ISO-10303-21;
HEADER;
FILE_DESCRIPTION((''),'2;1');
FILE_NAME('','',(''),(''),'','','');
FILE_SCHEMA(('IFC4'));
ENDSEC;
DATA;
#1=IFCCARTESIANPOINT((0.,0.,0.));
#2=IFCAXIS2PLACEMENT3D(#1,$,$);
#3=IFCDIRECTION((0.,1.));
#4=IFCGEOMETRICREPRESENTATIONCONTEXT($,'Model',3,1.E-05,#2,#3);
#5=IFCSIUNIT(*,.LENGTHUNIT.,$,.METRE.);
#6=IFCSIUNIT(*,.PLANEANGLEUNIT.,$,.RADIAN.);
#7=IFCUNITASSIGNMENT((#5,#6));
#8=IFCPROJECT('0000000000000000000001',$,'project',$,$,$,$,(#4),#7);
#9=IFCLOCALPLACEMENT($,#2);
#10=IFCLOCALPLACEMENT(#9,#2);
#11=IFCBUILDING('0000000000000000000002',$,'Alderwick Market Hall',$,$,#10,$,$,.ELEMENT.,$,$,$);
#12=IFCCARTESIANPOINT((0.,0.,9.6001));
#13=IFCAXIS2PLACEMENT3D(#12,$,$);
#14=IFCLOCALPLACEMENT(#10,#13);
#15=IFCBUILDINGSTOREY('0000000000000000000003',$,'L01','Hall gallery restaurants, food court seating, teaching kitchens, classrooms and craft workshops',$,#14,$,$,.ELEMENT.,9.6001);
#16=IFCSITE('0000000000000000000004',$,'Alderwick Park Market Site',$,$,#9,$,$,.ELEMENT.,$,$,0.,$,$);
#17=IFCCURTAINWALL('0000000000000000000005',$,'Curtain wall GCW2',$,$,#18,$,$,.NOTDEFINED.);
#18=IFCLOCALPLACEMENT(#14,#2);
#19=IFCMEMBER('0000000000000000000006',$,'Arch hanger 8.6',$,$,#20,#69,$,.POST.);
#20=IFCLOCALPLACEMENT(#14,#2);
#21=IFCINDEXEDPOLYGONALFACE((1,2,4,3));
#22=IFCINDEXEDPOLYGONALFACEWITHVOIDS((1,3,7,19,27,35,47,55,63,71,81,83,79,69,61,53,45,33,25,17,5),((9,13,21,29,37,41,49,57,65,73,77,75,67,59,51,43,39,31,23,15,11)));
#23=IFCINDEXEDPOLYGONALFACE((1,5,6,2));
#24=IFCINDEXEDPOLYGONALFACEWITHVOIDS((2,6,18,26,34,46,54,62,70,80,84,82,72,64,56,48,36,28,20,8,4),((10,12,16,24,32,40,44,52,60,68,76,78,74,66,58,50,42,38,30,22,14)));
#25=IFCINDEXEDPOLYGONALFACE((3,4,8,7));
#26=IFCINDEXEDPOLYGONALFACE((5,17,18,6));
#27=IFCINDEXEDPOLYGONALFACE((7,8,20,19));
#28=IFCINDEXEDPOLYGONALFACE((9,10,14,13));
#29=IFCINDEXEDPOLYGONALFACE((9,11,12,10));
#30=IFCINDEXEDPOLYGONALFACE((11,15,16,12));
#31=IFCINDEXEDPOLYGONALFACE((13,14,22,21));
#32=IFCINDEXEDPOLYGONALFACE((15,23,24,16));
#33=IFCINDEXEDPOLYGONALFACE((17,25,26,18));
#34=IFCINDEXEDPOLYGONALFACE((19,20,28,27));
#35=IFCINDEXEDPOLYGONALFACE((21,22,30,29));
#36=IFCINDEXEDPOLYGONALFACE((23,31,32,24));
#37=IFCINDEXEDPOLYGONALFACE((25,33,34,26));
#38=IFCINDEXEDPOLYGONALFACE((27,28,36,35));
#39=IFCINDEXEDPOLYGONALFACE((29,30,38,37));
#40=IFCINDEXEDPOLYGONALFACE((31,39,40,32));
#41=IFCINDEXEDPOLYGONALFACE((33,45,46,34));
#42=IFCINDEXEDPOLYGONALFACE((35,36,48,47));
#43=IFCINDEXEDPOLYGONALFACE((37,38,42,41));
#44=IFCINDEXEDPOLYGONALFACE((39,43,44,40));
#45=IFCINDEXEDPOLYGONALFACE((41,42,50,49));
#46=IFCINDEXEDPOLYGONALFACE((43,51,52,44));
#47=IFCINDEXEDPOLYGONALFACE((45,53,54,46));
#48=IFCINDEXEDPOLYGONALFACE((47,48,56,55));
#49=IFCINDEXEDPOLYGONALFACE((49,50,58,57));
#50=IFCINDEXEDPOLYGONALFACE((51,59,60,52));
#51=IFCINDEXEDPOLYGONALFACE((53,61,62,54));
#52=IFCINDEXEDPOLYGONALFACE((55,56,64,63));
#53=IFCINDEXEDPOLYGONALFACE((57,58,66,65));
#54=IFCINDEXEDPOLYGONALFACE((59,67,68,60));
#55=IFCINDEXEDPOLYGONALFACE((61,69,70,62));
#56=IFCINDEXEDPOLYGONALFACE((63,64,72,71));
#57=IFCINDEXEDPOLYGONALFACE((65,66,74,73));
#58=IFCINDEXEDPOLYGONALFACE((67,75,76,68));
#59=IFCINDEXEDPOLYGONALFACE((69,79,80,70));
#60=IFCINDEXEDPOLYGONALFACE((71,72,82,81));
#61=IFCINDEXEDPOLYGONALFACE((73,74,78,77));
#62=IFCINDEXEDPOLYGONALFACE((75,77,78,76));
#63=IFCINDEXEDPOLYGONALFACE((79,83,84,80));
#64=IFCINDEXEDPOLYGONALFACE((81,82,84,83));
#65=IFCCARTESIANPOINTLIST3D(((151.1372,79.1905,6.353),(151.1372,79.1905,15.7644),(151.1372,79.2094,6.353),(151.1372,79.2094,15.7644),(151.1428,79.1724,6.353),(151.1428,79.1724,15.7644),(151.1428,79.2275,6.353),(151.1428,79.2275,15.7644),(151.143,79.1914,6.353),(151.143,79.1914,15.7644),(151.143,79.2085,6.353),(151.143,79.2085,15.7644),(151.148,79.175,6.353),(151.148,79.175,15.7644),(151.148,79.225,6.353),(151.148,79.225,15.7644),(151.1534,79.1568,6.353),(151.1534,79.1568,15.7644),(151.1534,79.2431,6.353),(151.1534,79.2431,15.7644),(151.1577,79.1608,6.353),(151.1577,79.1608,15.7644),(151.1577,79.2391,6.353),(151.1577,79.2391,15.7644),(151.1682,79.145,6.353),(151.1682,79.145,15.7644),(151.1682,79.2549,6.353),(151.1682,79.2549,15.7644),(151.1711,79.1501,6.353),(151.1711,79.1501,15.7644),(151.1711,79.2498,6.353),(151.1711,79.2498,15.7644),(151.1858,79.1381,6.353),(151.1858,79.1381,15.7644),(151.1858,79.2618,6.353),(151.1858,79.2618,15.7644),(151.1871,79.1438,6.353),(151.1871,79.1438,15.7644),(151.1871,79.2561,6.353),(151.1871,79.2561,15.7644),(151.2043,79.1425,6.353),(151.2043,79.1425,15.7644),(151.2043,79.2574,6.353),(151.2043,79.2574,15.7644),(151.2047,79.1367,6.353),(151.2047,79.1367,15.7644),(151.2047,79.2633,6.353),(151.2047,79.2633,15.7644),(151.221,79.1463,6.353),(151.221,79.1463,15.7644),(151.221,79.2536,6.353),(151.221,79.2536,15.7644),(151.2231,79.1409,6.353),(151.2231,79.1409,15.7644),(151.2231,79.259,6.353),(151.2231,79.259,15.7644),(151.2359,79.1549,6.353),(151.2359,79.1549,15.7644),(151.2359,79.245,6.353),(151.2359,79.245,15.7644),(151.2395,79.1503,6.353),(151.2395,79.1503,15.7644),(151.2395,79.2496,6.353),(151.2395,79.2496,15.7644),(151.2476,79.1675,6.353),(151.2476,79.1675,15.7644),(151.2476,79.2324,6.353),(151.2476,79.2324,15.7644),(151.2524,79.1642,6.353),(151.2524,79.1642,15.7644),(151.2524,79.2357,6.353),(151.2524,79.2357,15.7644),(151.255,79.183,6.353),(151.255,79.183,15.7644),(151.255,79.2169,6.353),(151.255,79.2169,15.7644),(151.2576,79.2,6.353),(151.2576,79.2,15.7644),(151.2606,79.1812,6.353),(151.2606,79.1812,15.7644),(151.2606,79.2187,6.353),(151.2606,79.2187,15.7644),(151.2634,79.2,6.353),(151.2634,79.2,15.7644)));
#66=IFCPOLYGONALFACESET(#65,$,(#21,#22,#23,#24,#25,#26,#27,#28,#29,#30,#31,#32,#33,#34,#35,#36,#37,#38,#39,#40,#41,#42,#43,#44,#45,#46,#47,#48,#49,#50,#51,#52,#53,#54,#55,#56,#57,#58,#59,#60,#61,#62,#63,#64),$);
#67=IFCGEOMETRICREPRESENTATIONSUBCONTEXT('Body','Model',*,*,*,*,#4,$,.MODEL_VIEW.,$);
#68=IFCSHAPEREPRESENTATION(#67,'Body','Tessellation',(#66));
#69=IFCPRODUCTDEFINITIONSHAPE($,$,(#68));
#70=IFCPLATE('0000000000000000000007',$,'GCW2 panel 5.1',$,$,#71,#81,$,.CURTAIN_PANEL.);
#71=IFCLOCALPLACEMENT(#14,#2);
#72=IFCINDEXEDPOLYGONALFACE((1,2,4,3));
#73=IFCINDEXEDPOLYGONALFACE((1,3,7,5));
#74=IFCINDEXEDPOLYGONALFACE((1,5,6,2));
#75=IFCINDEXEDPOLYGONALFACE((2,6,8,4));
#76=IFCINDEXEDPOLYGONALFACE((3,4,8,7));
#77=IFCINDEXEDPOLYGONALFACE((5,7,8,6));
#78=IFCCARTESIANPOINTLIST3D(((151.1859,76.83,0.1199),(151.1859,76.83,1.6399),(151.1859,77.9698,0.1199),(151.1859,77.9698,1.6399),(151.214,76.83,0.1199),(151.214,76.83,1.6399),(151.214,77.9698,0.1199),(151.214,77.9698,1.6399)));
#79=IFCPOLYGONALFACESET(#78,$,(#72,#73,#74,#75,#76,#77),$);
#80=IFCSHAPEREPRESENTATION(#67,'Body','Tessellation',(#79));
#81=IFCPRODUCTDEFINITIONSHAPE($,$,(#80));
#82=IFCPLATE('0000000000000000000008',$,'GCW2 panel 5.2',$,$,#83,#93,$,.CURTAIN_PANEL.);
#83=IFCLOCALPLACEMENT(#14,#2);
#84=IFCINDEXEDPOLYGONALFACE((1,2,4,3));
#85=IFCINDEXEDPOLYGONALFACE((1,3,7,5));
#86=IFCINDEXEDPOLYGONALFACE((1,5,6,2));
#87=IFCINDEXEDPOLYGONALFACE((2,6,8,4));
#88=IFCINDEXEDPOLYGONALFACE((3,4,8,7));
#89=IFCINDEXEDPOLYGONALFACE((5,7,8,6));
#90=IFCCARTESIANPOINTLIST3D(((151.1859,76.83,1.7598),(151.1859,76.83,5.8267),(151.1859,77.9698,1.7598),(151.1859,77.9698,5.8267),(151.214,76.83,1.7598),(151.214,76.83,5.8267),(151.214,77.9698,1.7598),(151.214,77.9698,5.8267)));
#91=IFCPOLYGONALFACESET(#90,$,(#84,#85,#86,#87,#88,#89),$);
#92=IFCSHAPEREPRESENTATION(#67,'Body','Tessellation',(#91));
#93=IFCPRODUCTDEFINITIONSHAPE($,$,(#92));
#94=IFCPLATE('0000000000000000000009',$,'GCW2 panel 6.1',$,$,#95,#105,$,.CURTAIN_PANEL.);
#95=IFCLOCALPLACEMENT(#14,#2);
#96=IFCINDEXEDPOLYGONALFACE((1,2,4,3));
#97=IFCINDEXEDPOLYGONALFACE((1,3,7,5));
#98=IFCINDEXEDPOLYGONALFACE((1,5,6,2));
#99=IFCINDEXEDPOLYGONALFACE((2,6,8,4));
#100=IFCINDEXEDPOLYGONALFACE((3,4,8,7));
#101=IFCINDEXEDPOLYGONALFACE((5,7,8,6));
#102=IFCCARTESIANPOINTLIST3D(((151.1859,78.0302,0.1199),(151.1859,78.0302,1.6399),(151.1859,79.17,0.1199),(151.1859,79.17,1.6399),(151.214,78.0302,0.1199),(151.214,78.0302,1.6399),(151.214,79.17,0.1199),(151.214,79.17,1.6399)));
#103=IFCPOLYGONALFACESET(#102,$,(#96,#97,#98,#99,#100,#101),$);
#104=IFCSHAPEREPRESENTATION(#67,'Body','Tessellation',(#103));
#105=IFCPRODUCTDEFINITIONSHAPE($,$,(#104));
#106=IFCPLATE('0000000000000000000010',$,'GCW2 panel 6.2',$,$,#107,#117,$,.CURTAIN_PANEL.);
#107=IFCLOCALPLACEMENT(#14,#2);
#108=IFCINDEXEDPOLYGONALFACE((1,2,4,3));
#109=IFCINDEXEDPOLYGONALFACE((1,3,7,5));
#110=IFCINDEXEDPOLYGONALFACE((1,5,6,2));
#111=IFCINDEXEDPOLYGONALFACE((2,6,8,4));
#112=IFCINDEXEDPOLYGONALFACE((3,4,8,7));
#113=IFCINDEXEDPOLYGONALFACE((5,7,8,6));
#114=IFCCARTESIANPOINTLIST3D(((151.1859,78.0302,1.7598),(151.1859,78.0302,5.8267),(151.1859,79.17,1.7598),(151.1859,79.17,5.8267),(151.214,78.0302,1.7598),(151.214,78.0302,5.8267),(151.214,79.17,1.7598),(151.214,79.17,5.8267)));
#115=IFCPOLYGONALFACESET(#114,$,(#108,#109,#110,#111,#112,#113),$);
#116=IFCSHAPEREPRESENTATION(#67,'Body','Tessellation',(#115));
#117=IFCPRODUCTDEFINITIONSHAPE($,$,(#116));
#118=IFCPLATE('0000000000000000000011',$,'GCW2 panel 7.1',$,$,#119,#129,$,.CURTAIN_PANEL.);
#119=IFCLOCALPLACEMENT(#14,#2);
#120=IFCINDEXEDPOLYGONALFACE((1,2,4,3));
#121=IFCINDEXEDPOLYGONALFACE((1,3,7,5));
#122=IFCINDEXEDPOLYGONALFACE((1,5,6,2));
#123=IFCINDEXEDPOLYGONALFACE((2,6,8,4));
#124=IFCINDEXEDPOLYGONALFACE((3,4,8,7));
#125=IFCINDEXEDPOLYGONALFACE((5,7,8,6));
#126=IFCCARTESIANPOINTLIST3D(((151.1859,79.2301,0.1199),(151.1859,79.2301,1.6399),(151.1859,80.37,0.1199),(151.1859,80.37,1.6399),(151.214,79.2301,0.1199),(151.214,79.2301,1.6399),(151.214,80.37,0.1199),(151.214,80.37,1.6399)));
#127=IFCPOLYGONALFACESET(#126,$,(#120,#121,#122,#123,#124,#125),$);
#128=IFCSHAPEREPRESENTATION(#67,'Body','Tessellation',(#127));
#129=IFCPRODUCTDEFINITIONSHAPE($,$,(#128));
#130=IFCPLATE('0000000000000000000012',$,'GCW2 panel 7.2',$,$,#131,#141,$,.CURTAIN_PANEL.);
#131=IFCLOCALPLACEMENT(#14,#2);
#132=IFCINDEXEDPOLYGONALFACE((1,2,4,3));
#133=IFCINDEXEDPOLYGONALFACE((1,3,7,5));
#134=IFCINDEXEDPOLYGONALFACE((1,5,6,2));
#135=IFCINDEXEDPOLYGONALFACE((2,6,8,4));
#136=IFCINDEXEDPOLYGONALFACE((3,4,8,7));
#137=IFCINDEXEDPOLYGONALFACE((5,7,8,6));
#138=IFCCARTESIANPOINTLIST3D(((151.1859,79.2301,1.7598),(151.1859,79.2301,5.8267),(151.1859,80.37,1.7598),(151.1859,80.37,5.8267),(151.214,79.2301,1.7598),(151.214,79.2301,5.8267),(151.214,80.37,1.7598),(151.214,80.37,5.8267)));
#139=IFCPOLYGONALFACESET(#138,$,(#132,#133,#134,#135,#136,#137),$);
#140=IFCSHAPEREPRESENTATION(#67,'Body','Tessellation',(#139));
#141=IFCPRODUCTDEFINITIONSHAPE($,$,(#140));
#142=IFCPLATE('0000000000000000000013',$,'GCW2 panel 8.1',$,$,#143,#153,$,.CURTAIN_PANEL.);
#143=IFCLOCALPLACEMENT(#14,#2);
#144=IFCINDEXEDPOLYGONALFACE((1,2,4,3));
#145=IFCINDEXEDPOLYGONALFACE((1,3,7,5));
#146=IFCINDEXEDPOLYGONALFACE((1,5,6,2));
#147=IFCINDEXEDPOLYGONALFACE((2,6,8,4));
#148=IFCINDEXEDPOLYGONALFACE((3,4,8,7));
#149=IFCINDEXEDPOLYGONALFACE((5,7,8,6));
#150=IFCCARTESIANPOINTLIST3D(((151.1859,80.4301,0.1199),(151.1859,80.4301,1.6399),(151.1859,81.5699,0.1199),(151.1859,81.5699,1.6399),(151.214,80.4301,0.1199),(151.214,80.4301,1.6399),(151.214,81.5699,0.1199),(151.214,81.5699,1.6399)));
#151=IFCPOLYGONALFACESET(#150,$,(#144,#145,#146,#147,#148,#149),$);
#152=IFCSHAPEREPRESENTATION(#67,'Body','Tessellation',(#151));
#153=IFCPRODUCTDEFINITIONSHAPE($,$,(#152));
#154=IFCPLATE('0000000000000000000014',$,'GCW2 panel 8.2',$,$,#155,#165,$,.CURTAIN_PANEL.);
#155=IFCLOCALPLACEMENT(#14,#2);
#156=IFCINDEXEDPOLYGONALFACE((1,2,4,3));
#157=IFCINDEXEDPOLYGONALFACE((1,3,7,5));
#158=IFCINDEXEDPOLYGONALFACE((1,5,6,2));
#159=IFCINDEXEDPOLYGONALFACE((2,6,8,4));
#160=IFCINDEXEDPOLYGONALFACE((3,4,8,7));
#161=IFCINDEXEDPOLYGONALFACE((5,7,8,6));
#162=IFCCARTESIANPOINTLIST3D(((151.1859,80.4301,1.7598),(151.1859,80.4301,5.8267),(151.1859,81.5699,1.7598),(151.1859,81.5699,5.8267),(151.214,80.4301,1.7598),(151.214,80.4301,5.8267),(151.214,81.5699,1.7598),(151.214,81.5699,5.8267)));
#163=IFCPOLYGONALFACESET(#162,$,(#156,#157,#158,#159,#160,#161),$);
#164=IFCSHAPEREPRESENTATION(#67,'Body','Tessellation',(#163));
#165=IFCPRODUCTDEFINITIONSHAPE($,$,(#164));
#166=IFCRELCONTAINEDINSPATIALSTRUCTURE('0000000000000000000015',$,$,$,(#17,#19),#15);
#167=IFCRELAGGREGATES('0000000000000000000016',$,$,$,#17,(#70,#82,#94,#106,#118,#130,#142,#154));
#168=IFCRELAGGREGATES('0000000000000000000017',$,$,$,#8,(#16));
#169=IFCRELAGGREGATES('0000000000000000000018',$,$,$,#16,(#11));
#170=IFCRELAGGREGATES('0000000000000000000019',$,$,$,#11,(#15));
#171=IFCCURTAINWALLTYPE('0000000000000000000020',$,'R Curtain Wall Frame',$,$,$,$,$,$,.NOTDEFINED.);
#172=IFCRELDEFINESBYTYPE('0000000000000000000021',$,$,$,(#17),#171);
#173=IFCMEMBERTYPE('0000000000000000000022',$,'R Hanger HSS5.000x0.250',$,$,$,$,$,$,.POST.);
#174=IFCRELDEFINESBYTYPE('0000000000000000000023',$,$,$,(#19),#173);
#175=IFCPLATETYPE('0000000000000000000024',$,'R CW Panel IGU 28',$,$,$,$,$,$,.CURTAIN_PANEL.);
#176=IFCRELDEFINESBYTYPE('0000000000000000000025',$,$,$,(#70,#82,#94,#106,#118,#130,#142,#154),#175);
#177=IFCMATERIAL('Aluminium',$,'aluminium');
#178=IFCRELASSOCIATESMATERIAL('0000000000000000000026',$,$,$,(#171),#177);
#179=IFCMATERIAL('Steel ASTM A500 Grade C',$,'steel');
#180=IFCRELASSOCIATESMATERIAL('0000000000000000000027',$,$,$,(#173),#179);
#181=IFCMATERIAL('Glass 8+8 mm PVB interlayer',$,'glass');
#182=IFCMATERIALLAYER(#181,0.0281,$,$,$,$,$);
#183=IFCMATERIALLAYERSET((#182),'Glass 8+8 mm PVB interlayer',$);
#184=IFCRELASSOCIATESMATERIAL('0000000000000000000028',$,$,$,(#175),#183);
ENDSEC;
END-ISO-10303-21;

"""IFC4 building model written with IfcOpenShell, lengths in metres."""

from ifc_helpers import new_model, si_unit, direction, frame, origin, origin_2d, place, context, subcontext, project, spatial, rectangle, hollow_circle, extrude, material, layer, layer_set, material_profile, profile_set, type_object, element, aggregate, save


model = new_model("IFC4")

# Units and contexts
model_context = context("Model", 3, precision=1e-05, world=origin(), true_north=direction((0.0, 1.0)))
body_context = subcontext(model_context, "Body", "Model", "MODEL_VIEW")
ifc_project = project(units=[si_unit("LENGTHUNIT", "METRE"), si_unit("PLANEANGLEUNIT", "RADIAN")], contexts=[model_context])

# Site, building, storey
site_placement = place(None, origin())
site = spatial("IfcSite", under=ifc_project, at=site_placement, Name="Alderwick Park Market Site", CompositionType="ELEMENT", RefElevation=0.0)
building_placement = place(site_placement, origin())
building = spatial("IfcBuilding", under=site, at=building_placement, Name="Alderwick Market Hall", CompositionType="ELEMENT")
storey_placement = place(building_placement, frame((0.0, 0.0, 9.6001)))
storey = spatial("IfcBuildingStorey", under=building, at=storey_placement, Name="L01", Description="Hall gallery restaurants, food court seating, teaching kitchens, classrooms and craft workshops", CompositionType="ELEMENT", Elevation=9.6001)

# Curtain wall
ifc_material_1 = material(Name="Aluminium", Category="aluminium")
curtain_wall_type = type_object("IfcCurtainWallType", Name="R Curtain Wall Frame", PredefinedType="NOTDEFINED", material=ifc_material_1)
curtain_wall_placement = place(storey_placement, origin())
curtain_wall = element("IfcCurtainWall", 1, at=curtain_wall_placement, inside=storey, type_object=curtain_wall_type, Name="Curtain wall GCW2", PredefinedType="NOTDEFINED")

# Member
ifc_material_2 = material(Name="Steel ASTM A500 Grade C", Category="steel")
ifc_material_profile_1 = material_profile(ifc_material_2, hollow_circle(Radius=0.0635, WallThickness=0.0059, at=origin_2d()), Name="HSS5.000x0.250")
ifc_profile_set_1 = profile_set([ifc_material_profile_1], Name="Steel ASTM A500 Grade C")
member_type_1 = type_object("IfcMemberType", Name="R Hanger HSS5.000x0.250", PredefinedType="POST", material=ifc_profile_set_1)
member_1_placement = place(storey_placement, frame((151.2, 79.2, 6.353), z_axis=(0.0, 0.0, 1.0), x_axis=(1.0, 0.0, 0.0)))
element("IfcMember", 2, at=member_1_placement, inside=storey, type_object=member_type_1, Name="Arch hanger 8.6", PredefinedType="POST", context=body_context, shape_type="SweptSolid", body=[
    extrude(hollow_circle(Radius=0.0635, WallThickness=0.0059, at=origin_2d()), origin(), (0.0, 0.0, 1.0), 9.4114),
])

# Plates
ifc_material_3 = material(Name="Glass 8+8 mm PVB interlayer", Category="glass")
ifc_layer = layer(ifc_material_3, 0.0281)
ifc_layer_set = layer_set([ifc_layer], Name="Glass 8+8 mm PVB interlayer")
plate_type = type_object("IfcPlateType", Name="R CW Panel IGU 28", PredefinedType="CURTAIN_PANEL", material=ifc_layer_set)
plate_1_placement = place(storey_placement, frame((151.2, 77.3999, 0.1199), z_axis=(0.0, 0.0, 1.0), x_axis=(1.0, 0.0, 0.0)))
plate_1 = element("IfcPlate", 3, at=plate_1_placement, type_object=plate_type, Name="GCW2 panel 5.1", PredefinedType="CURTAIN_PANEL", context=body_context, shape_type="SweptSolid", body=[
    extrude(rectangle(XDim=0.0281, YDim=1.1399, at=origin_2d()), origin(), (0.0, 0.0, 1.0), 1.52),
])
plate_2_placement = place(storey_placement, frame((151.2, 77.3999, 1.7598), z_axis=(0.0, 0.0, 1.0), x_axis=(1.0, 0.0, 0.0)))
plate_2 = element("IfcPlate", 4, at=plate_2_placement, type_object=plate_type, Name="GCW2 panel 5.2", PredefinedType="CURTAIN_PANEL", context=body_context, shape_type="SweptSolid", body=[
    extrude(rectangle(XDim=0.0281, YDim=1.1399, at=origin_2d()), origin(), (0.0, 0.0, 1.0), 4.0669),
])
plate_3_placement = place(storey_placement, frame((151.2, 78.6001, 0.1199), z_axis=(0.0, 0.0, 1.0), x_axis=(1.0, 0.0, 0.0)))
plate_3 = element("IfcPlate", 5, at=plate_3_placement, type_object=plate_type, Name="GCW2 panel 6.1", PredefinedType="CURTAIN_PANEL", context=body_context, shape_type="SweptSolid", body=[
    extrude(rectangle(XDim=0.0281, YDim=1.1399, at=origin_2d()), origin(), (0.0, 0.0, 1.0), 1.52),
])
plate_4_placement = place(storey_placement, frame((151.2, 78.6001, 1.7598), z_axis=(0.0, 0.0, 1.0), x_axis=(1.0, 0.0, 0.0)))
plate_4 = element("IfcPlate", 6, at=plate_4_placement, type_object=plate_type, Name="GCW2 panel 6.2", PredefinedType="CURTAIN_PANEL", context=body_context, shape_type="SweptSolid", body=[
    extrude(rectangle(XDim=0.0281, YDim=1.1399, at=origin_2d()), origin(), (0.0, 0.0, 1.0), 4.0669),
])
plate_5_placement = place(storey_placement, frame((151.2, 79.8, 0.1199), z_axis=(0.0, 0.0, 1.0), x_axis=(1.0, 0.0, 0.0)))
plate_5 = element("IfcPlate", 7, at=plate_5_placement, type_object=plate_type, Name="GCW2 panel 7.1", PredefinedType="CURTAIN_PANEL", context=body_context, shape_type="SweptSolid", body=[
    extrude(rectangle(XDim=0.0281, YDim=1.1399, at=origin_2d()), origin(), (0.0, 0.0, 1.0), 1.52),
])
plate_6_placement = place(storey_placement, frame((151.2, 79.8, 1.7598), z_axis=(0.0, 0.0, 1.0), x_axis=(1.0, 0.0, 0.0)))
plate_6 = element("IfcPlate", 8, at=plate_6_placement, type_object=plate_type, Name="GCW2 panel 7.2", PredefinedType="CURTAIN_PANEL", context=body_context, shape_type="SweptSolid", body=[
    extrude(rectangle(XDim=0.0281, YDim=1.1399, at=origin_2d()), origin(), (0.0, 0.0, 1.0), 4.0669),
])
plate_7_placement = place(storey_placement, frame((151.2, 81.0, 0.1199), z_axis=(0.0, 0.0, 1.0), x_axis=(1.0, 0.0, 0.0)))
plate_7 = element("IfcPlate", 9, at=plate_7_placement, type_object=plate_type, Name="GCW2 panel 8.1", PredefinedType="CURTAIN_PANEL", context=body_context, shape_type="SweptSolid", body=[
    extrude(rectangle(XDim=0.0281, YDim=1.1399, at=origin_2d()), origin(), (0.0, 0.0, 1.0), 1.52),
])
plate_8_placement = place(storey_placement, frame((151.2, 81.0, 1.7598), z_axis=(0.0, 0.0, 1.0), x_axis=(1.0, 0.0, 0.0)))
plate_8 = element("IfcPlate", 10, at=plate_8_placement, type_object=plate_type, Name="GCW2 panel 8.2", PredefinedType="CURTAIN_PANEL", context=body_context, shape_type="SweptSolid", body=[
    extrude(rectangle(XDim=0.0281, YDim=1.1399, at=origin_2d()), origin(), (0.0, 0.0, 1.0), 4.0669),
])
aggregate(curtain_wall, [plate_1, plate_2, plate_3, plate_4, plate_5, plate_6, plate_7, plate_8])

save(model, "model.ifc")
